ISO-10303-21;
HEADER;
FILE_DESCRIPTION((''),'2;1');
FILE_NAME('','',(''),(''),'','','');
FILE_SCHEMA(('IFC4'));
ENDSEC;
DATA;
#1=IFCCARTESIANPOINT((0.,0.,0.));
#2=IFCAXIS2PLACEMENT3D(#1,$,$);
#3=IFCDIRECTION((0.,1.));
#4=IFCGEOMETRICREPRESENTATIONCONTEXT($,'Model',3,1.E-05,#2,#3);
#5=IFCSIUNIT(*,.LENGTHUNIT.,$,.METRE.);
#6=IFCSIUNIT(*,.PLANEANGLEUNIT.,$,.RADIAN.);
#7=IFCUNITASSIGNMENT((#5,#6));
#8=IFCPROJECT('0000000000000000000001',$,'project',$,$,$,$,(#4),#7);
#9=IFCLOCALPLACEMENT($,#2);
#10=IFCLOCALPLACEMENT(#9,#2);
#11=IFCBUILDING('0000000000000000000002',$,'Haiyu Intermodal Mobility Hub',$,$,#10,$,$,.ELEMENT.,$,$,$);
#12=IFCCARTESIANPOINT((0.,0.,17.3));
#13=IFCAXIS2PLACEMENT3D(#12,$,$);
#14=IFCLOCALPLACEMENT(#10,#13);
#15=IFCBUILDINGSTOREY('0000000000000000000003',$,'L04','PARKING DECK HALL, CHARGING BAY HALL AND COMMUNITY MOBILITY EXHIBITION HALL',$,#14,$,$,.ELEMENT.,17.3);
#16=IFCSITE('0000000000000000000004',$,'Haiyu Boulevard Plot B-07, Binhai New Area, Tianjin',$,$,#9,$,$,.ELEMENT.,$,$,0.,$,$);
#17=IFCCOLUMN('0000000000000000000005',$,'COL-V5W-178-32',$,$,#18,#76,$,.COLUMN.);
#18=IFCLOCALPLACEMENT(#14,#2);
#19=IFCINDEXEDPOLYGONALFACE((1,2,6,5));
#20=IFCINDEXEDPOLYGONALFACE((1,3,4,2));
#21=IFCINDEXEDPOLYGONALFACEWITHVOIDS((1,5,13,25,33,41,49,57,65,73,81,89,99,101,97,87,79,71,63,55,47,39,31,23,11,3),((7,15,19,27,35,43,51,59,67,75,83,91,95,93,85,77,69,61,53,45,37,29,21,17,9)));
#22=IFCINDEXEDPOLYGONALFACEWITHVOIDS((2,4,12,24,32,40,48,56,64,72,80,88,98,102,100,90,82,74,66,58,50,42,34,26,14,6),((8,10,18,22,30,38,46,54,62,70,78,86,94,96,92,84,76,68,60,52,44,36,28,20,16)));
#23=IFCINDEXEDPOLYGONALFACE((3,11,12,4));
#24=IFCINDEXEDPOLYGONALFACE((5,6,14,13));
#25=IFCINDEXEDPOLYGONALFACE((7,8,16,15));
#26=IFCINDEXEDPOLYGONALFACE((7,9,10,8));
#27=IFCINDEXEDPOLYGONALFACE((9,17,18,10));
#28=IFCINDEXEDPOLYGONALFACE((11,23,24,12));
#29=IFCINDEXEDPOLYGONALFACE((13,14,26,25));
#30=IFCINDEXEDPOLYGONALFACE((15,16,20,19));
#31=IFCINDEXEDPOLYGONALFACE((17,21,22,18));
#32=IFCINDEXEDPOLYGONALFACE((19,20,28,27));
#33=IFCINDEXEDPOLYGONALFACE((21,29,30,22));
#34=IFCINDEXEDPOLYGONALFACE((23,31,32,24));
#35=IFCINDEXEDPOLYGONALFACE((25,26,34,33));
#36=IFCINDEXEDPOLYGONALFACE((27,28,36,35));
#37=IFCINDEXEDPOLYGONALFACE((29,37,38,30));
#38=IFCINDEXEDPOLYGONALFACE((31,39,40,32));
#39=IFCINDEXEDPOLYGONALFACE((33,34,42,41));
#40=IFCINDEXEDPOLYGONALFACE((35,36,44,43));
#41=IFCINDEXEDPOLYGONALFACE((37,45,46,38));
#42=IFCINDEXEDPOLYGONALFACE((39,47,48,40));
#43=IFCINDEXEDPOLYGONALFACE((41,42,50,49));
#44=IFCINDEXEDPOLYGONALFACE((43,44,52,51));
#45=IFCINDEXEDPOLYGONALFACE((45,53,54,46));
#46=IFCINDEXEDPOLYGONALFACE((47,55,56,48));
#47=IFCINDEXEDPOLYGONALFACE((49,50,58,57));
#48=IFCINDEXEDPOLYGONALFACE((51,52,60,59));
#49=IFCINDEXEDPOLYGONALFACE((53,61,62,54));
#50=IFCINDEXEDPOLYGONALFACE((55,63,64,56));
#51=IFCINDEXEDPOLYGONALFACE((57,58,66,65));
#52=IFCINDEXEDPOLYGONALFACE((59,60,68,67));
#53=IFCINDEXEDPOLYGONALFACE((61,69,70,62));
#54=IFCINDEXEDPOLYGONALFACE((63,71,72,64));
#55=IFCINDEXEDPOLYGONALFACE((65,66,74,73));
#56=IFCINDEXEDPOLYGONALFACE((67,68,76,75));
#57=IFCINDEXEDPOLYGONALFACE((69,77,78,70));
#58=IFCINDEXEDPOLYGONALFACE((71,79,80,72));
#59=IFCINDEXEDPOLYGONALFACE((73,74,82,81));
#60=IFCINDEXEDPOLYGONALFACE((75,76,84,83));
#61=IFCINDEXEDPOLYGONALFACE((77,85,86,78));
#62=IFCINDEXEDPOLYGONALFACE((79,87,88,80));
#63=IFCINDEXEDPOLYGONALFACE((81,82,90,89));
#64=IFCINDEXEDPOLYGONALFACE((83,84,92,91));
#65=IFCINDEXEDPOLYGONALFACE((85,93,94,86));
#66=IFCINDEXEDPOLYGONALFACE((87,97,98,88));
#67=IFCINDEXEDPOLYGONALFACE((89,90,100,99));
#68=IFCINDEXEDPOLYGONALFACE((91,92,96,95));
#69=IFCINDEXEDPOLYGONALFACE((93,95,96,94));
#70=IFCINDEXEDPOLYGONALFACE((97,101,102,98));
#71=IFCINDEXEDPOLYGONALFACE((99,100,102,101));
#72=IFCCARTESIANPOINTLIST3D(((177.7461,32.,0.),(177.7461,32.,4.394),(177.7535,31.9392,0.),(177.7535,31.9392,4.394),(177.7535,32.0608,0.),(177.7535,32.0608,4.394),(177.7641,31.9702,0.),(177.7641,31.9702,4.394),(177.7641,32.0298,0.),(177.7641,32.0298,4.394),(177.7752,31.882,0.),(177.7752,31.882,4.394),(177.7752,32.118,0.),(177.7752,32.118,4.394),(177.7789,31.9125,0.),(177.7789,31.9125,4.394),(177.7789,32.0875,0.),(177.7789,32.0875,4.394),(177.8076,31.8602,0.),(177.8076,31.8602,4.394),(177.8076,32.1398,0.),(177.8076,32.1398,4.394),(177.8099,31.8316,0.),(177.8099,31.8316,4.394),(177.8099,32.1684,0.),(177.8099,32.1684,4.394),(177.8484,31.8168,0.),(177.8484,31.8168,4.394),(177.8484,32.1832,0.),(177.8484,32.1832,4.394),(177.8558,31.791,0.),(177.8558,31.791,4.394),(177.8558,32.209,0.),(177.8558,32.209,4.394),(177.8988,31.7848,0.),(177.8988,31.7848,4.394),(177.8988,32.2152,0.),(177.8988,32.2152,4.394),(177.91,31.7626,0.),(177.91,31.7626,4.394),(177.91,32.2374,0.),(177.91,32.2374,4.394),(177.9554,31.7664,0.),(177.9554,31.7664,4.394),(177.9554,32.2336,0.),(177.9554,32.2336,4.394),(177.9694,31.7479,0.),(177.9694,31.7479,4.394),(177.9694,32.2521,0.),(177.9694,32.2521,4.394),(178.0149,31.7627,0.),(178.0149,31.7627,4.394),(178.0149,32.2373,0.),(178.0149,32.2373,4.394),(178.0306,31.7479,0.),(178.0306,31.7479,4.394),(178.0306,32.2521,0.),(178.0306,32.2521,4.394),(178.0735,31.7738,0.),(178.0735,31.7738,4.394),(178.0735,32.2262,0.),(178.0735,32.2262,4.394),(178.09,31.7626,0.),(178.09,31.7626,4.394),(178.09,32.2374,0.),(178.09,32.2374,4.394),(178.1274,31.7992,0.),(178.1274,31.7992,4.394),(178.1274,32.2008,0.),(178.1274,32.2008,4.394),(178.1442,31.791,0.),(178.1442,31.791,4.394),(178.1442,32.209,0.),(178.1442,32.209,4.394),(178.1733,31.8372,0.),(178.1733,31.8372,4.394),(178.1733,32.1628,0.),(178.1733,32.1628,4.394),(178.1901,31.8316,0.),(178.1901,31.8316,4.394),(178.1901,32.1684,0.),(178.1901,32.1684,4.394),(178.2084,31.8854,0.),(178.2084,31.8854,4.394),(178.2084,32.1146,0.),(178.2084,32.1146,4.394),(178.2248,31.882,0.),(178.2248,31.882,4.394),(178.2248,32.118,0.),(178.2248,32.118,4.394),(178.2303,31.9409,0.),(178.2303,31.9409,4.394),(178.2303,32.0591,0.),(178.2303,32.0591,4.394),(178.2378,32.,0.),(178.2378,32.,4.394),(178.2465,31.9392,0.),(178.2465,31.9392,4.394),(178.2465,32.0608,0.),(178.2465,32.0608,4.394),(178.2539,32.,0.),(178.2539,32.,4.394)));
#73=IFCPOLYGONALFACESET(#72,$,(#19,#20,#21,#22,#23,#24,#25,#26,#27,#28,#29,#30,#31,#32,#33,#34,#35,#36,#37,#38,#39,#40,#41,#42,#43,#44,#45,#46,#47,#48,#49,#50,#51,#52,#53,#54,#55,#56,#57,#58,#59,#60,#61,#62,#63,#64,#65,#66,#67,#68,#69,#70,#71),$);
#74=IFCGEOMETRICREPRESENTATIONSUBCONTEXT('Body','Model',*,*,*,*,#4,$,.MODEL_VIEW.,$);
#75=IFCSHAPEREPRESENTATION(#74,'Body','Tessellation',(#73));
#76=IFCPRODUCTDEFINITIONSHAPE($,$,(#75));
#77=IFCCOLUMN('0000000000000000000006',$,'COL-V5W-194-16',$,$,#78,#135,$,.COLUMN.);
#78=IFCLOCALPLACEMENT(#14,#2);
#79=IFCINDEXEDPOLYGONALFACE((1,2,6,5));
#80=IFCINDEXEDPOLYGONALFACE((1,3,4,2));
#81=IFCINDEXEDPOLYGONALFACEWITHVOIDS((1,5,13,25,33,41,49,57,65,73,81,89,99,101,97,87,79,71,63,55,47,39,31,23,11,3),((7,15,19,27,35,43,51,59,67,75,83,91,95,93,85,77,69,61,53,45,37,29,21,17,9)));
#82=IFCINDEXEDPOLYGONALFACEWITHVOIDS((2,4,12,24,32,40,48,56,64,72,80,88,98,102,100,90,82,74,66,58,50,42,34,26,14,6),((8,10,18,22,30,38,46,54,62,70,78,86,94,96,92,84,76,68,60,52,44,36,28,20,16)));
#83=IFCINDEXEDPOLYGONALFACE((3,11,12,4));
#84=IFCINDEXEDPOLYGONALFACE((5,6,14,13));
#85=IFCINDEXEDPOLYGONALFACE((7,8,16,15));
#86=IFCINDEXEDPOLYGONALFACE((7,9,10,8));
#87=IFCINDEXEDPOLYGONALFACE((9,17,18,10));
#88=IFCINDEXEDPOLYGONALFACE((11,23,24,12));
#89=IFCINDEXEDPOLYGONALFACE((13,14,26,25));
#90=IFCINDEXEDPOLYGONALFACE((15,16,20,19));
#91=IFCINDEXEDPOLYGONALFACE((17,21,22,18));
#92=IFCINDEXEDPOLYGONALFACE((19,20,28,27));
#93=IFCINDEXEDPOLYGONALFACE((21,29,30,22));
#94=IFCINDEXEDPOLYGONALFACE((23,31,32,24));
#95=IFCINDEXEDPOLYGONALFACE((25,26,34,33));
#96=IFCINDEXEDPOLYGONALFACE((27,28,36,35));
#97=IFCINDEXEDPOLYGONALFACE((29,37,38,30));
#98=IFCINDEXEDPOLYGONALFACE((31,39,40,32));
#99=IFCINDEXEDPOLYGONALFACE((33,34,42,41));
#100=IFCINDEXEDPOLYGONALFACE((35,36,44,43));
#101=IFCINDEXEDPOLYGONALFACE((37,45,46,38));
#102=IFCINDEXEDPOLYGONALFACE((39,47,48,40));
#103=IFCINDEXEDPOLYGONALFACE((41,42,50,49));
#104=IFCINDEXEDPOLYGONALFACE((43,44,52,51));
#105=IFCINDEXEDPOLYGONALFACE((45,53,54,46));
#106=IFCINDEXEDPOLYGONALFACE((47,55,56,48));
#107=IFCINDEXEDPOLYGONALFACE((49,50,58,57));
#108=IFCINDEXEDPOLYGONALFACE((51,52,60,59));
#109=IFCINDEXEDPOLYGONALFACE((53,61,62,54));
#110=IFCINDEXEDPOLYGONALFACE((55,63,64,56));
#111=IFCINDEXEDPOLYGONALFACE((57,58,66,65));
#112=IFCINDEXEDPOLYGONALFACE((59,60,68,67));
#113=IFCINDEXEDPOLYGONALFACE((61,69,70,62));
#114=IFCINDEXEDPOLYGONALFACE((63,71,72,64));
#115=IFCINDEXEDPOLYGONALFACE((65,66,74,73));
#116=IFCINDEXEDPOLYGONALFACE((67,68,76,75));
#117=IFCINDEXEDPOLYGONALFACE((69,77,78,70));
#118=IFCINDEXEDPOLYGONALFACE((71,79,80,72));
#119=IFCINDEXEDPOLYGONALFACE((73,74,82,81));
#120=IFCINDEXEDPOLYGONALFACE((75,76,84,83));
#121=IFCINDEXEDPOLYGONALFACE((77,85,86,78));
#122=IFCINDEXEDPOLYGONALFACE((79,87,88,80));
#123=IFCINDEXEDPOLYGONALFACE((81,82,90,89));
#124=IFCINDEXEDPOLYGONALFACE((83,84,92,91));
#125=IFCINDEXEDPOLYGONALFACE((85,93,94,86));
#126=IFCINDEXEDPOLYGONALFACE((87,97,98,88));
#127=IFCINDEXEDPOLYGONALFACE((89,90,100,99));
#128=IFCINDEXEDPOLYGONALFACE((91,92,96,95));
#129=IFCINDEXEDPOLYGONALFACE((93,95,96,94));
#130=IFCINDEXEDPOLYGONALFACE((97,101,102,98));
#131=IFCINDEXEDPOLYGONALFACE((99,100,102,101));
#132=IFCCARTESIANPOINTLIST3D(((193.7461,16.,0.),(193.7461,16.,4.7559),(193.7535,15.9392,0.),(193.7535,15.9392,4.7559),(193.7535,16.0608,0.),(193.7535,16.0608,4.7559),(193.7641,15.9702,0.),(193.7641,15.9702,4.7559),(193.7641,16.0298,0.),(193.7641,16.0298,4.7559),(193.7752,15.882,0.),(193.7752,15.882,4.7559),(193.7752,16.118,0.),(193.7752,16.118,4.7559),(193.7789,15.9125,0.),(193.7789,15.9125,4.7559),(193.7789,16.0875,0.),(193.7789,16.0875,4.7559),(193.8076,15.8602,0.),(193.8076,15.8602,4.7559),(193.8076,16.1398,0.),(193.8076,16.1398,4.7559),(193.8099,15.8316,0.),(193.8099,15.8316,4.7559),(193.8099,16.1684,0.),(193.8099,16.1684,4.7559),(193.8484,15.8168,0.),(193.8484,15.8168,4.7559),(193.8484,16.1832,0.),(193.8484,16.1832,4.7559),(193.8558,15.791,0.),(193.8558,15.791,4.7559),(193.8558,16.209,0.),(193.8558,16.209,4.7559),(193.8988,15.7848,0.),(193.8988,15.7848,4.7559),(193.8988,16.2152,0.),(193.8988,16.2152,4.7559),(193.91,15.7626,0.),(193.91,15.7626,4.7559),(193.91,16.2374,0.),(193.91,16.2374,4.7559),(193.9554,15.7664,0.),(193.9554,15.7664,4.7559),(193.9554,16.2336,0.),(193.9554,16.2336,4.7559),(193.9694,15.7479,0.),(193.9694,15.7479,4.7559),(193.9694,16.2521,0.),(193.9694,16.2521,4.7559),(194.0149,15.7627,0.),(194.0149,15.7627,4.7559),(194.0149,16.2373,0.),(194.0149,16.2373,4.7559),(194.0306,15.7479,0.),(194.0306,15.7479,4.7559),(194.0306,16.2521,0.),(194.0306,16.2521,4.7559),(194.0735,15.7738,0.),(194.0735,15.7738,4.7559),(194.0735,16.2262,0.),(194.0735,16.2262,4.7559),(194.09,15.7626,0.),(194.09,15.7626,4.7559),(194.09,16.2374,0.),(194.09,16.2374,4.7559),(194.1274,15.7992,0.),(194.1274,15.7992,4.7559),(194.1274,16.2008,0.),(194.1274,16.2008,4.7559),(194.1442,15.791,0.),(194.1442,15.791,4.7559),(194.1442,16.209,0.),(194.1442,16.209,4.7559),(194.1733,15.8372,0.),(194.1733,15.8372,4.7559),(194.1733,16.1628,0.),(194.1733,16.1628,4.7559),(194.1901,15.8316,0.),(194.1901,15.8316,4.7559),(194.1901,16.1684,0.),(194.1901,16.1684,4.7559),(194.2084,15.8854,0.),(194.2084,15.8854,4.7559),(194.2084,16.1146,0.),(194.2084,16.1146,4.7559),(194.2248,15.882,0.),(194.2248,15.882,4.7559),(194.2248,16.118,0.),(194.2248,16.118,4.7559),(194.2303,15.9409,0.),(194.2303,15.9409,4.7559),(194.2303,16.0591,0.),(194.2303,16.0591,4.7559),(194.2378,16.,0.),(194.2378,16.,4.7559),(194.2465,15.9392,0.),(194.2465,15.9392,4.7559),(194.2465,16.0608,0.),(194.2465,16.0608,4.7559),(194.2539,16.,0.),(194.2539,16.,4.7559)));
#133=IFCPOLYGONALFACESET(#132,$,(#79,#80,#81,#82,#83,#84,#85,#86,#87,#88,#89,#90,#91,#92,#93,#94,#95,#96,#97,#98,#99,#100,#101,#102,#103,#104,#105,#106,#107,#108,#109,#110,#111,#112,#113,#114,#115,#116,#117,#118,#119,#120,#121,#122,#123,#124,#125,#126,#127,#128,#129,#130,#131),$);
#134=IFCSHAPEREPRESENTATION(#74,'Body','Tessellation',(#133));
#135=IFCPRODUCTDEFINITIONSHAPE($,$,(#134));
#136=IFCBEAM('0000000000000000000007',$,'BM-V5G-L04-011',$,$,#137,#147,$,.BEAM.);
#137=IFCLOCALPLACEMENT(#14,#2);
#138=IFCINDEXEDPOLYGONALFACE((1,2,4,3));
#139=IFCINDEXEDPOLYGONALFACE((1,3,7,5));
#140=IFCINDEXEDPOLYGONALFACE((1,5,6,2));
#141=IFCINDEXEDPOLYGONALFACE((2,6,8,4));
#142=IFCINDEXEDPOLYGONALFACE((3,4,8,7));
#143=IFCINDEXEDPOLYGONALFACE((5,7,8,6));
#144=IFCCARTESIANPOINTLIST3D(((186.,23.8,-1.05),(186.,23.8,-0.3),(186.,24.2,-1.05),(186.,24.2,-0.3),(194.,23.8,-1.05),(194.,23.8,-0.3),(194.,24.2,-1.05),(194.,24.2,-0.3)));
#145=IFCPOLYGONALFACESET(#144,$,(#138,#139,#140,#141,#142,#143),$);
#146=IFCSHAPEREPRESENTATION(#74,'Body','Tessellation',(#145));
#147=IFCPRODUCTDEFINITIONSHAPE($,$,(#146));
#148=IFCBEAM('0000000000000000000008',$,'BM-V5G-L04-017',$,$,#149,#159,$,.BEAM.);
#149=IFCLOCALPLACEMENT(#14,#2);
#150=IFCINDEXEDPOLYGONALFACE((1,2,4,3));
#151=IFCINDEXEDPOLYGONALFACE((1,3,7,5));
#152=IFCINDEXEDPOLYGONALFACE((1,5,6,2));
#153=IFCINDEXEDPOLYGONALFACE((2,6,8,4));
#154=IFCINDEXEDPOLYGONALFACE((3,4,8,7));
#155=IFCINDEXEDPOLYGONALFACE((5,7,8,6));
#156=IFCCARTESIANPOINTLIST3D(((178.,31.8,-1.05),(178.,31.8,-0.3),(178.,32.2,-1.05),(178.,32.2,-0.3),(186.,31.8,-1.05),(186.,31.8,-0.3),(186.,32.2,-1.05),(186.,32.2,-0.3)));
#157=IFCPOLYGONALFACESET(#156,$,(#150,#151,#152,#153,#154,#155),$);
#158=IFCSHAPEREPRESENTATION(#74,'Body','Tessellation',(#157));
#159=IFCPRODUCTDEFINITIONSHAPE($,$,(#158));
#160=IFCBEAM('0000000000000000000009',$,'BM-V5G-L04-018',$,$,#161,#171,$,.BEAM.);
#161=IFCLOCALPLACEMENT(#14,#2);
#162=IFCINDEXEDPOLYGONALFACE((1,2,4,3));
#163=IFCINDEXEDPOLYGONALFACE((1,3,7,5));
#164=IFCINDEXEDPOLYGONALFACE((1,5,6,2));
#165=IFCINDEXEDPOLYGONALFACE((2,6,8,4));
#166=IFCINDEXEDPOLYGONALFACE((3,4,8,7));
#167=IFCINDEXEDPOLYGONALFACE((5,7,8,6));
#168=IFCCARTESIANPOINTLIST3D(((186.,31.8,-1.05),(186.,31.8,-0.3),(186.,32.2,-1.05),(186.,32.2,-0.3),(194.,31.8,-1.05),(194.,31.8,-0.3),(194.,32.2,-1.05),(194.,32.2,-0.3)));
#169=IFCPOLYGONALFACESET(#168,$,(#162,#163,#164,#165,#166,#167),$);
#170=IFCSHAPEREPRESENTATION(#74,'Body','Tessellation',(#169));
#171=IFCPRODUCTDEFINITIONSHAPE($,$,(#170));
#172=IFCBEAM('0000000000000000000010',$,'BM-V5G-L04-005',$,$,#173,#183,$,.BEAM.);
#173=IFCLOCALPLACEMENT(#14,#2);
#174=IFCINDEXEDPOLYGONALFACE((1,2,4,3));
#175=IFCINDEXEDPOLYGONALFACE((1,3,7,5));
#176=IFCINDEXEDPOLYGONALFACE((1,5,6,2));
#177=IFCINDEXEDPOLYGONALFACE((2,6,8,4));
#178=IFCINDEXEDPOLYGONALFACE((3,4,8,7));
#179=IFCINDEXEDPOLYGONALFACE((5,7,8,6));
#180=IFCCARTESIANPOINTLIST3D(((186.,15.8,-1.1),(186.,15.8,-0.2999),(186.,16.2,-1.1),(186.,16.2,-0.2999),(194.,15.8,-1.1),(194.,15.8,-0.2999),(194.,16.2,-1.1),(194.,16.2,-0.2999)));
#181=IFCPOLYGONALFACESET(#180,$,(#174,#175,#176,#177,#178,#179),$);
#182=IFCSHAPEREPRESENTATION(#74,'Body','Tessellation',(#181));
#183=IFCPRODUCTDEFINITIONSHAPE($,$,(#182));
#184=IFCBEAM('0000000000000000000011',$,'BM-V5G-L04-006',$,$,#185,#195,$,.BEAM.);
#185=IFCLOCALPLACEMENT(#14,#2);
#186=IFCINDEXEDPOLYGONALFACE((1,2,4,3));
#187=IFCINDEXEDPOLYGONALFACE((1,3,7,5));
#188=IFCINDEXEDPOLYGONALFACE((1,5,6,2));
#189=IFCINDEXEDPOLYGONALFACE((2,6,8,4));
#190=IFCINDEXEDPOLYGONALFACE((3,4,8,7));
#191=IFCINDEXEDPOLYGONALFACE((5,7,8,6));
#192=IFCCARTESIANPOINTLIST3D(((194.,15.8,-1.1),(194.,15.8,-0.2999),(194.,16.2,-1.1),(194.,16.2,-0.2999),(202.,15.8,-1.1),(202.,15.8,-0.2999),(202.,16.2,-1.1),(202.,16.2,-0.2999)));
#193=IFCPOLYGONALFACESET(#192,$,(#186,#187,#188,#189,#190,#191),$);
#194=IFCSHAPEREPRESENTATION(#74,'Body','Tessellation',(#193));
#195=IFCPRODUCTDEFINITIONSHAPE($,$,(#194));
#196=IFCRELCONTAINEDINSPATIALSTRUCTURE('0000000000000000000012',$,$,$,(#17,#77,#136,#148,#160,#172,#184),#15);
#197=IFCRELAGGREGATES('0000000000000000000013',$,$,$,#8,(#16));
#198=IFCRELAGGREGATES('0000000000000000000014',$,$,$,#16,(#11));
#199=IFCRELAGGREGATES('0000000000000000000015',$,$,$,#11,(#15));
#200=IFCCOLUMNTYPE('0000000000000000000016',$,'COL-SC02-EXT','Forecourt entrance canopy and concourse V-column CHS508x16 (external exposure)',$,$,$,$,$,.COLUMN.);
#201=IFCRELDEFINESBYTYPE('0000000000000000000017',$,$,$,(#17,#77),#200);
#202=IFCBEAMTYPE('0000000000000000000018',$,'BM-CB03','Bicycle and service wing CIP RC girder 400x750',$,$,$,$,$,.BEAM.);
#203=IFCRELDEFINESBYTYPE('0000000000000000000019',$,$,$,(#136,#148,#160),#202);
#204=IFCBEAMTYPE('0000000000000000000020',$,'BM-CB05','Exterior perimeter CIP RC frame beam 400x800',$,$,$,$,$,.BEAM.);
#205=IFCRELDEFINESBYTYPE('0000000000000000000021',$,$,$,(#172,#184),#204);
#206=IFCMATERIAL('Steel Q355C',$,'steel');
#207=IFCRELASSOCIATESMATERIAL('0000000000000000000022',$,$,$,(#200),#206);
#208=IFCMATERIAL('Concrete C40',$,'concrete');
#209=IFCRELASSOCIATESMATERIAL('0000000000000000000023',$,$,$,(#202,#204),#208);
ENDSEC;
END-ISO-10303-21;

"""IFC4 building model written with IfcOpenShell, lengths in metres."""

from ifc_helpers import new_model, si_unit, direction, frame, origin, origin_2d, place, context, subcontext, project, spatial, rectangle, hollow_circle, extrude, material, material_profile, profile_set, type_object, element, save


model = new_model("IFC4")

# Units and contexts
model_context = context("Model", 3, precision=1e-05, world=origin(), true_north=direction((0.0, 1.0)))
body_context = subcontext(model_context, "Body", "Model", "MODEL_VIEW")
ifc_project = project(units=[si_unit("LENGTHUNIT", "METRE"), si_unit("PLANEANGLEUNIT", "RADIAN")], contexts=[model_context])

# Site, building, storey
site_placement = place(None, origin())
site = spatial("IfcSite", under=ifc_project, at=site_placement, Name="Haiyu Boulevard Plot B-07, Binhai New Area, Tianjin", CompositionType="ELEMENT", RefElevation=0.0)
building_placement = place(site_placement, origin())
building = spatial("IfcBuilding", under=site, at=building_placement, Name="Haiyu Intermodal Mobility Hub", CompositionType="ELEMENT")
storey_placement = place(building_placement, frame((0.0, 0.0, 17.3)))
storey = spatial("IfcBuildingStorey", under=building, at=storey_placement, Name="L04", Description="PARKING DECK HALL, CHARGING BAY HALL AND COMMUNITY MOBILITY EXHIBITION HALL", CompositionType="ELEMENT", Elevation=17.3)

# Columns
ifc_material_1 = material(Name="Steel Q355C", Category="steel")
ifc_material_profile_1 = material_profile(ifc_material_1, hollow_circle(Radius=0.2539, WallThickness=0.0161, at=origin_2d()), Name="CHS508x16")
ifc_profile_set_1 = profile_set([ifc_material_profile_1], Name="Steel Q355C")
column_type = type_object("IfcColumnType", Name="COL-SC02-EXT", Description="Forecourt entrance canopy and concourse V-column CHS508x16 (external exposure)", PredefinedType="COLUMN", material=ifc_profile_set_1)
column_1_placement = place(storey_placement, frame((178.0, 32.0, 0.0), z_axis=(0.0, 0.0, 1.0), x_axis=(1.0, 0.0, 0.0)))
element("IfcColumn", 1, at=column_1_placement, inside=storey, type_object=column_type, Name="COL-V5W-178-32", PredefinedType="COLUMN", context=body_context, shape_type="SweptSolid", body=[
    extrude(hollow_circle(Radius=0.2539, WallThickness=0.0161, at=origin_2d()), origin(), (0.0, 0.0, 1.0), 4.394),
])
column_2_placement = place(storey_placement, frame((194.0, 16.0, 0.0), z_axis=(0.0, 0.0, 1.0), x_axis=(1.0, 0.0, 0.0)))
element("IfcColumn", 2, at=column_2_placement, inside=storey, type_object=column_type, Name="COL-V5W-194-16", PredefinedType="COLUMN", context=body_context, shape_type="SweptSolid", body=[
    extrude(hollow_circle(Radius=0.2539, WallThickness=0.0161, at=origin_2d()), origin(), (0.0, 0.0, 1.0), 4.7559),
])

# Beams
ifc_material_2 = material(Name="Concrete C40", Category="concrete")
ifc_material_profile_2 = material_profile(ifc_material_2, rectangle(XDim=0.3999, YDim=0.75, at=origin_2d()), Name="RCB400x750")
ifc_profile_set_2 = profile_set([ifc_material_profile_2], Name="Concrete C40")
beam_type_1 = type_object("IfcBeamType", Name="BM-CB03", Description="Bicycle and service wing CIP RC girder 400x750", PredefinedType="BEAM", material=ifc_profile_set_2)
for number, where, z_axis, x_axis, name in (
    (3, (186.0, 24.0, -0.675), (1.0, 0.0, 0.0), (0.0, 1.0, 0.0), "BM-V5G-L04-011"),
    (4, (178.0, 32.0, -0.675), (1.0, 0.0, 0.0), (0.0, 1.0, 0.0), "BM-V5G-L04-017"),
    (5, (186.0, 32.0, -0.675), (1.0, 0.0, 0.0), (0.0, 1.0, 0.0), "BM-V5G-L04-018"),
):
    element("IfcBeam", number, at=place(storey_placement, frame(where, z_axis=z_axis, x_axis=x_axis)), inside=storey, type_object=beam_type_1, Name=name, PredefinedType="BEAM", context=body_context, shape_type="SweptSolid", body=[
        extrude(rectangle(XDim=0.3999, YDim=0.75, at=origin_2d()), origin(), (0.0, 0.0, 1.0), 8.0),
    ])
ifc_material_profile_3 = material_profile(ifc_material_2, rectangle(XDim=0.3999, YDim=0.8, at=origin_2d()), Name="RCB400x800")
ifc_profile_set_3 = profile_set([ifc_material_profile_3], Name="Concrete C40")
beam_type_2 = type_object("IfcBeamType", Name="BM-CB05", Description="Exterior perimeter CIP RC frame beam 400x800", PredefinedType="BEAM", material=ifc_profile_set_3)
for number, where, z_axis, x_axis, name in (
    (6, (186.0, 16.0, -0.7), (1.0, 0.0, 0.0), (0.0, 1.0, 0.0), "BM-V5G-L04-005"),
    (7, (194.0, 16.0, -0.7), (1.0, 0.0, 0.0), (0.0, 1.0, 0.0), "BM-V5G-L04-006"),
):
    element("IfcBeam", number, at=place(storey_placement, frame(where, z_axis=z_axis, x_axis=x_axis)), inside=storey, type_object=beam_type_2, Name=name, PredefinedType="BEAM", context=body_context, shape_type="SweptSolid", body=[
        extrude(rectangle(XDim=0.3999, YDim=0.8, at=origin_2d()), origin(), (0.0, 0.0, 1.0), 8.0),
    ])

save(model, "model.ifc")
